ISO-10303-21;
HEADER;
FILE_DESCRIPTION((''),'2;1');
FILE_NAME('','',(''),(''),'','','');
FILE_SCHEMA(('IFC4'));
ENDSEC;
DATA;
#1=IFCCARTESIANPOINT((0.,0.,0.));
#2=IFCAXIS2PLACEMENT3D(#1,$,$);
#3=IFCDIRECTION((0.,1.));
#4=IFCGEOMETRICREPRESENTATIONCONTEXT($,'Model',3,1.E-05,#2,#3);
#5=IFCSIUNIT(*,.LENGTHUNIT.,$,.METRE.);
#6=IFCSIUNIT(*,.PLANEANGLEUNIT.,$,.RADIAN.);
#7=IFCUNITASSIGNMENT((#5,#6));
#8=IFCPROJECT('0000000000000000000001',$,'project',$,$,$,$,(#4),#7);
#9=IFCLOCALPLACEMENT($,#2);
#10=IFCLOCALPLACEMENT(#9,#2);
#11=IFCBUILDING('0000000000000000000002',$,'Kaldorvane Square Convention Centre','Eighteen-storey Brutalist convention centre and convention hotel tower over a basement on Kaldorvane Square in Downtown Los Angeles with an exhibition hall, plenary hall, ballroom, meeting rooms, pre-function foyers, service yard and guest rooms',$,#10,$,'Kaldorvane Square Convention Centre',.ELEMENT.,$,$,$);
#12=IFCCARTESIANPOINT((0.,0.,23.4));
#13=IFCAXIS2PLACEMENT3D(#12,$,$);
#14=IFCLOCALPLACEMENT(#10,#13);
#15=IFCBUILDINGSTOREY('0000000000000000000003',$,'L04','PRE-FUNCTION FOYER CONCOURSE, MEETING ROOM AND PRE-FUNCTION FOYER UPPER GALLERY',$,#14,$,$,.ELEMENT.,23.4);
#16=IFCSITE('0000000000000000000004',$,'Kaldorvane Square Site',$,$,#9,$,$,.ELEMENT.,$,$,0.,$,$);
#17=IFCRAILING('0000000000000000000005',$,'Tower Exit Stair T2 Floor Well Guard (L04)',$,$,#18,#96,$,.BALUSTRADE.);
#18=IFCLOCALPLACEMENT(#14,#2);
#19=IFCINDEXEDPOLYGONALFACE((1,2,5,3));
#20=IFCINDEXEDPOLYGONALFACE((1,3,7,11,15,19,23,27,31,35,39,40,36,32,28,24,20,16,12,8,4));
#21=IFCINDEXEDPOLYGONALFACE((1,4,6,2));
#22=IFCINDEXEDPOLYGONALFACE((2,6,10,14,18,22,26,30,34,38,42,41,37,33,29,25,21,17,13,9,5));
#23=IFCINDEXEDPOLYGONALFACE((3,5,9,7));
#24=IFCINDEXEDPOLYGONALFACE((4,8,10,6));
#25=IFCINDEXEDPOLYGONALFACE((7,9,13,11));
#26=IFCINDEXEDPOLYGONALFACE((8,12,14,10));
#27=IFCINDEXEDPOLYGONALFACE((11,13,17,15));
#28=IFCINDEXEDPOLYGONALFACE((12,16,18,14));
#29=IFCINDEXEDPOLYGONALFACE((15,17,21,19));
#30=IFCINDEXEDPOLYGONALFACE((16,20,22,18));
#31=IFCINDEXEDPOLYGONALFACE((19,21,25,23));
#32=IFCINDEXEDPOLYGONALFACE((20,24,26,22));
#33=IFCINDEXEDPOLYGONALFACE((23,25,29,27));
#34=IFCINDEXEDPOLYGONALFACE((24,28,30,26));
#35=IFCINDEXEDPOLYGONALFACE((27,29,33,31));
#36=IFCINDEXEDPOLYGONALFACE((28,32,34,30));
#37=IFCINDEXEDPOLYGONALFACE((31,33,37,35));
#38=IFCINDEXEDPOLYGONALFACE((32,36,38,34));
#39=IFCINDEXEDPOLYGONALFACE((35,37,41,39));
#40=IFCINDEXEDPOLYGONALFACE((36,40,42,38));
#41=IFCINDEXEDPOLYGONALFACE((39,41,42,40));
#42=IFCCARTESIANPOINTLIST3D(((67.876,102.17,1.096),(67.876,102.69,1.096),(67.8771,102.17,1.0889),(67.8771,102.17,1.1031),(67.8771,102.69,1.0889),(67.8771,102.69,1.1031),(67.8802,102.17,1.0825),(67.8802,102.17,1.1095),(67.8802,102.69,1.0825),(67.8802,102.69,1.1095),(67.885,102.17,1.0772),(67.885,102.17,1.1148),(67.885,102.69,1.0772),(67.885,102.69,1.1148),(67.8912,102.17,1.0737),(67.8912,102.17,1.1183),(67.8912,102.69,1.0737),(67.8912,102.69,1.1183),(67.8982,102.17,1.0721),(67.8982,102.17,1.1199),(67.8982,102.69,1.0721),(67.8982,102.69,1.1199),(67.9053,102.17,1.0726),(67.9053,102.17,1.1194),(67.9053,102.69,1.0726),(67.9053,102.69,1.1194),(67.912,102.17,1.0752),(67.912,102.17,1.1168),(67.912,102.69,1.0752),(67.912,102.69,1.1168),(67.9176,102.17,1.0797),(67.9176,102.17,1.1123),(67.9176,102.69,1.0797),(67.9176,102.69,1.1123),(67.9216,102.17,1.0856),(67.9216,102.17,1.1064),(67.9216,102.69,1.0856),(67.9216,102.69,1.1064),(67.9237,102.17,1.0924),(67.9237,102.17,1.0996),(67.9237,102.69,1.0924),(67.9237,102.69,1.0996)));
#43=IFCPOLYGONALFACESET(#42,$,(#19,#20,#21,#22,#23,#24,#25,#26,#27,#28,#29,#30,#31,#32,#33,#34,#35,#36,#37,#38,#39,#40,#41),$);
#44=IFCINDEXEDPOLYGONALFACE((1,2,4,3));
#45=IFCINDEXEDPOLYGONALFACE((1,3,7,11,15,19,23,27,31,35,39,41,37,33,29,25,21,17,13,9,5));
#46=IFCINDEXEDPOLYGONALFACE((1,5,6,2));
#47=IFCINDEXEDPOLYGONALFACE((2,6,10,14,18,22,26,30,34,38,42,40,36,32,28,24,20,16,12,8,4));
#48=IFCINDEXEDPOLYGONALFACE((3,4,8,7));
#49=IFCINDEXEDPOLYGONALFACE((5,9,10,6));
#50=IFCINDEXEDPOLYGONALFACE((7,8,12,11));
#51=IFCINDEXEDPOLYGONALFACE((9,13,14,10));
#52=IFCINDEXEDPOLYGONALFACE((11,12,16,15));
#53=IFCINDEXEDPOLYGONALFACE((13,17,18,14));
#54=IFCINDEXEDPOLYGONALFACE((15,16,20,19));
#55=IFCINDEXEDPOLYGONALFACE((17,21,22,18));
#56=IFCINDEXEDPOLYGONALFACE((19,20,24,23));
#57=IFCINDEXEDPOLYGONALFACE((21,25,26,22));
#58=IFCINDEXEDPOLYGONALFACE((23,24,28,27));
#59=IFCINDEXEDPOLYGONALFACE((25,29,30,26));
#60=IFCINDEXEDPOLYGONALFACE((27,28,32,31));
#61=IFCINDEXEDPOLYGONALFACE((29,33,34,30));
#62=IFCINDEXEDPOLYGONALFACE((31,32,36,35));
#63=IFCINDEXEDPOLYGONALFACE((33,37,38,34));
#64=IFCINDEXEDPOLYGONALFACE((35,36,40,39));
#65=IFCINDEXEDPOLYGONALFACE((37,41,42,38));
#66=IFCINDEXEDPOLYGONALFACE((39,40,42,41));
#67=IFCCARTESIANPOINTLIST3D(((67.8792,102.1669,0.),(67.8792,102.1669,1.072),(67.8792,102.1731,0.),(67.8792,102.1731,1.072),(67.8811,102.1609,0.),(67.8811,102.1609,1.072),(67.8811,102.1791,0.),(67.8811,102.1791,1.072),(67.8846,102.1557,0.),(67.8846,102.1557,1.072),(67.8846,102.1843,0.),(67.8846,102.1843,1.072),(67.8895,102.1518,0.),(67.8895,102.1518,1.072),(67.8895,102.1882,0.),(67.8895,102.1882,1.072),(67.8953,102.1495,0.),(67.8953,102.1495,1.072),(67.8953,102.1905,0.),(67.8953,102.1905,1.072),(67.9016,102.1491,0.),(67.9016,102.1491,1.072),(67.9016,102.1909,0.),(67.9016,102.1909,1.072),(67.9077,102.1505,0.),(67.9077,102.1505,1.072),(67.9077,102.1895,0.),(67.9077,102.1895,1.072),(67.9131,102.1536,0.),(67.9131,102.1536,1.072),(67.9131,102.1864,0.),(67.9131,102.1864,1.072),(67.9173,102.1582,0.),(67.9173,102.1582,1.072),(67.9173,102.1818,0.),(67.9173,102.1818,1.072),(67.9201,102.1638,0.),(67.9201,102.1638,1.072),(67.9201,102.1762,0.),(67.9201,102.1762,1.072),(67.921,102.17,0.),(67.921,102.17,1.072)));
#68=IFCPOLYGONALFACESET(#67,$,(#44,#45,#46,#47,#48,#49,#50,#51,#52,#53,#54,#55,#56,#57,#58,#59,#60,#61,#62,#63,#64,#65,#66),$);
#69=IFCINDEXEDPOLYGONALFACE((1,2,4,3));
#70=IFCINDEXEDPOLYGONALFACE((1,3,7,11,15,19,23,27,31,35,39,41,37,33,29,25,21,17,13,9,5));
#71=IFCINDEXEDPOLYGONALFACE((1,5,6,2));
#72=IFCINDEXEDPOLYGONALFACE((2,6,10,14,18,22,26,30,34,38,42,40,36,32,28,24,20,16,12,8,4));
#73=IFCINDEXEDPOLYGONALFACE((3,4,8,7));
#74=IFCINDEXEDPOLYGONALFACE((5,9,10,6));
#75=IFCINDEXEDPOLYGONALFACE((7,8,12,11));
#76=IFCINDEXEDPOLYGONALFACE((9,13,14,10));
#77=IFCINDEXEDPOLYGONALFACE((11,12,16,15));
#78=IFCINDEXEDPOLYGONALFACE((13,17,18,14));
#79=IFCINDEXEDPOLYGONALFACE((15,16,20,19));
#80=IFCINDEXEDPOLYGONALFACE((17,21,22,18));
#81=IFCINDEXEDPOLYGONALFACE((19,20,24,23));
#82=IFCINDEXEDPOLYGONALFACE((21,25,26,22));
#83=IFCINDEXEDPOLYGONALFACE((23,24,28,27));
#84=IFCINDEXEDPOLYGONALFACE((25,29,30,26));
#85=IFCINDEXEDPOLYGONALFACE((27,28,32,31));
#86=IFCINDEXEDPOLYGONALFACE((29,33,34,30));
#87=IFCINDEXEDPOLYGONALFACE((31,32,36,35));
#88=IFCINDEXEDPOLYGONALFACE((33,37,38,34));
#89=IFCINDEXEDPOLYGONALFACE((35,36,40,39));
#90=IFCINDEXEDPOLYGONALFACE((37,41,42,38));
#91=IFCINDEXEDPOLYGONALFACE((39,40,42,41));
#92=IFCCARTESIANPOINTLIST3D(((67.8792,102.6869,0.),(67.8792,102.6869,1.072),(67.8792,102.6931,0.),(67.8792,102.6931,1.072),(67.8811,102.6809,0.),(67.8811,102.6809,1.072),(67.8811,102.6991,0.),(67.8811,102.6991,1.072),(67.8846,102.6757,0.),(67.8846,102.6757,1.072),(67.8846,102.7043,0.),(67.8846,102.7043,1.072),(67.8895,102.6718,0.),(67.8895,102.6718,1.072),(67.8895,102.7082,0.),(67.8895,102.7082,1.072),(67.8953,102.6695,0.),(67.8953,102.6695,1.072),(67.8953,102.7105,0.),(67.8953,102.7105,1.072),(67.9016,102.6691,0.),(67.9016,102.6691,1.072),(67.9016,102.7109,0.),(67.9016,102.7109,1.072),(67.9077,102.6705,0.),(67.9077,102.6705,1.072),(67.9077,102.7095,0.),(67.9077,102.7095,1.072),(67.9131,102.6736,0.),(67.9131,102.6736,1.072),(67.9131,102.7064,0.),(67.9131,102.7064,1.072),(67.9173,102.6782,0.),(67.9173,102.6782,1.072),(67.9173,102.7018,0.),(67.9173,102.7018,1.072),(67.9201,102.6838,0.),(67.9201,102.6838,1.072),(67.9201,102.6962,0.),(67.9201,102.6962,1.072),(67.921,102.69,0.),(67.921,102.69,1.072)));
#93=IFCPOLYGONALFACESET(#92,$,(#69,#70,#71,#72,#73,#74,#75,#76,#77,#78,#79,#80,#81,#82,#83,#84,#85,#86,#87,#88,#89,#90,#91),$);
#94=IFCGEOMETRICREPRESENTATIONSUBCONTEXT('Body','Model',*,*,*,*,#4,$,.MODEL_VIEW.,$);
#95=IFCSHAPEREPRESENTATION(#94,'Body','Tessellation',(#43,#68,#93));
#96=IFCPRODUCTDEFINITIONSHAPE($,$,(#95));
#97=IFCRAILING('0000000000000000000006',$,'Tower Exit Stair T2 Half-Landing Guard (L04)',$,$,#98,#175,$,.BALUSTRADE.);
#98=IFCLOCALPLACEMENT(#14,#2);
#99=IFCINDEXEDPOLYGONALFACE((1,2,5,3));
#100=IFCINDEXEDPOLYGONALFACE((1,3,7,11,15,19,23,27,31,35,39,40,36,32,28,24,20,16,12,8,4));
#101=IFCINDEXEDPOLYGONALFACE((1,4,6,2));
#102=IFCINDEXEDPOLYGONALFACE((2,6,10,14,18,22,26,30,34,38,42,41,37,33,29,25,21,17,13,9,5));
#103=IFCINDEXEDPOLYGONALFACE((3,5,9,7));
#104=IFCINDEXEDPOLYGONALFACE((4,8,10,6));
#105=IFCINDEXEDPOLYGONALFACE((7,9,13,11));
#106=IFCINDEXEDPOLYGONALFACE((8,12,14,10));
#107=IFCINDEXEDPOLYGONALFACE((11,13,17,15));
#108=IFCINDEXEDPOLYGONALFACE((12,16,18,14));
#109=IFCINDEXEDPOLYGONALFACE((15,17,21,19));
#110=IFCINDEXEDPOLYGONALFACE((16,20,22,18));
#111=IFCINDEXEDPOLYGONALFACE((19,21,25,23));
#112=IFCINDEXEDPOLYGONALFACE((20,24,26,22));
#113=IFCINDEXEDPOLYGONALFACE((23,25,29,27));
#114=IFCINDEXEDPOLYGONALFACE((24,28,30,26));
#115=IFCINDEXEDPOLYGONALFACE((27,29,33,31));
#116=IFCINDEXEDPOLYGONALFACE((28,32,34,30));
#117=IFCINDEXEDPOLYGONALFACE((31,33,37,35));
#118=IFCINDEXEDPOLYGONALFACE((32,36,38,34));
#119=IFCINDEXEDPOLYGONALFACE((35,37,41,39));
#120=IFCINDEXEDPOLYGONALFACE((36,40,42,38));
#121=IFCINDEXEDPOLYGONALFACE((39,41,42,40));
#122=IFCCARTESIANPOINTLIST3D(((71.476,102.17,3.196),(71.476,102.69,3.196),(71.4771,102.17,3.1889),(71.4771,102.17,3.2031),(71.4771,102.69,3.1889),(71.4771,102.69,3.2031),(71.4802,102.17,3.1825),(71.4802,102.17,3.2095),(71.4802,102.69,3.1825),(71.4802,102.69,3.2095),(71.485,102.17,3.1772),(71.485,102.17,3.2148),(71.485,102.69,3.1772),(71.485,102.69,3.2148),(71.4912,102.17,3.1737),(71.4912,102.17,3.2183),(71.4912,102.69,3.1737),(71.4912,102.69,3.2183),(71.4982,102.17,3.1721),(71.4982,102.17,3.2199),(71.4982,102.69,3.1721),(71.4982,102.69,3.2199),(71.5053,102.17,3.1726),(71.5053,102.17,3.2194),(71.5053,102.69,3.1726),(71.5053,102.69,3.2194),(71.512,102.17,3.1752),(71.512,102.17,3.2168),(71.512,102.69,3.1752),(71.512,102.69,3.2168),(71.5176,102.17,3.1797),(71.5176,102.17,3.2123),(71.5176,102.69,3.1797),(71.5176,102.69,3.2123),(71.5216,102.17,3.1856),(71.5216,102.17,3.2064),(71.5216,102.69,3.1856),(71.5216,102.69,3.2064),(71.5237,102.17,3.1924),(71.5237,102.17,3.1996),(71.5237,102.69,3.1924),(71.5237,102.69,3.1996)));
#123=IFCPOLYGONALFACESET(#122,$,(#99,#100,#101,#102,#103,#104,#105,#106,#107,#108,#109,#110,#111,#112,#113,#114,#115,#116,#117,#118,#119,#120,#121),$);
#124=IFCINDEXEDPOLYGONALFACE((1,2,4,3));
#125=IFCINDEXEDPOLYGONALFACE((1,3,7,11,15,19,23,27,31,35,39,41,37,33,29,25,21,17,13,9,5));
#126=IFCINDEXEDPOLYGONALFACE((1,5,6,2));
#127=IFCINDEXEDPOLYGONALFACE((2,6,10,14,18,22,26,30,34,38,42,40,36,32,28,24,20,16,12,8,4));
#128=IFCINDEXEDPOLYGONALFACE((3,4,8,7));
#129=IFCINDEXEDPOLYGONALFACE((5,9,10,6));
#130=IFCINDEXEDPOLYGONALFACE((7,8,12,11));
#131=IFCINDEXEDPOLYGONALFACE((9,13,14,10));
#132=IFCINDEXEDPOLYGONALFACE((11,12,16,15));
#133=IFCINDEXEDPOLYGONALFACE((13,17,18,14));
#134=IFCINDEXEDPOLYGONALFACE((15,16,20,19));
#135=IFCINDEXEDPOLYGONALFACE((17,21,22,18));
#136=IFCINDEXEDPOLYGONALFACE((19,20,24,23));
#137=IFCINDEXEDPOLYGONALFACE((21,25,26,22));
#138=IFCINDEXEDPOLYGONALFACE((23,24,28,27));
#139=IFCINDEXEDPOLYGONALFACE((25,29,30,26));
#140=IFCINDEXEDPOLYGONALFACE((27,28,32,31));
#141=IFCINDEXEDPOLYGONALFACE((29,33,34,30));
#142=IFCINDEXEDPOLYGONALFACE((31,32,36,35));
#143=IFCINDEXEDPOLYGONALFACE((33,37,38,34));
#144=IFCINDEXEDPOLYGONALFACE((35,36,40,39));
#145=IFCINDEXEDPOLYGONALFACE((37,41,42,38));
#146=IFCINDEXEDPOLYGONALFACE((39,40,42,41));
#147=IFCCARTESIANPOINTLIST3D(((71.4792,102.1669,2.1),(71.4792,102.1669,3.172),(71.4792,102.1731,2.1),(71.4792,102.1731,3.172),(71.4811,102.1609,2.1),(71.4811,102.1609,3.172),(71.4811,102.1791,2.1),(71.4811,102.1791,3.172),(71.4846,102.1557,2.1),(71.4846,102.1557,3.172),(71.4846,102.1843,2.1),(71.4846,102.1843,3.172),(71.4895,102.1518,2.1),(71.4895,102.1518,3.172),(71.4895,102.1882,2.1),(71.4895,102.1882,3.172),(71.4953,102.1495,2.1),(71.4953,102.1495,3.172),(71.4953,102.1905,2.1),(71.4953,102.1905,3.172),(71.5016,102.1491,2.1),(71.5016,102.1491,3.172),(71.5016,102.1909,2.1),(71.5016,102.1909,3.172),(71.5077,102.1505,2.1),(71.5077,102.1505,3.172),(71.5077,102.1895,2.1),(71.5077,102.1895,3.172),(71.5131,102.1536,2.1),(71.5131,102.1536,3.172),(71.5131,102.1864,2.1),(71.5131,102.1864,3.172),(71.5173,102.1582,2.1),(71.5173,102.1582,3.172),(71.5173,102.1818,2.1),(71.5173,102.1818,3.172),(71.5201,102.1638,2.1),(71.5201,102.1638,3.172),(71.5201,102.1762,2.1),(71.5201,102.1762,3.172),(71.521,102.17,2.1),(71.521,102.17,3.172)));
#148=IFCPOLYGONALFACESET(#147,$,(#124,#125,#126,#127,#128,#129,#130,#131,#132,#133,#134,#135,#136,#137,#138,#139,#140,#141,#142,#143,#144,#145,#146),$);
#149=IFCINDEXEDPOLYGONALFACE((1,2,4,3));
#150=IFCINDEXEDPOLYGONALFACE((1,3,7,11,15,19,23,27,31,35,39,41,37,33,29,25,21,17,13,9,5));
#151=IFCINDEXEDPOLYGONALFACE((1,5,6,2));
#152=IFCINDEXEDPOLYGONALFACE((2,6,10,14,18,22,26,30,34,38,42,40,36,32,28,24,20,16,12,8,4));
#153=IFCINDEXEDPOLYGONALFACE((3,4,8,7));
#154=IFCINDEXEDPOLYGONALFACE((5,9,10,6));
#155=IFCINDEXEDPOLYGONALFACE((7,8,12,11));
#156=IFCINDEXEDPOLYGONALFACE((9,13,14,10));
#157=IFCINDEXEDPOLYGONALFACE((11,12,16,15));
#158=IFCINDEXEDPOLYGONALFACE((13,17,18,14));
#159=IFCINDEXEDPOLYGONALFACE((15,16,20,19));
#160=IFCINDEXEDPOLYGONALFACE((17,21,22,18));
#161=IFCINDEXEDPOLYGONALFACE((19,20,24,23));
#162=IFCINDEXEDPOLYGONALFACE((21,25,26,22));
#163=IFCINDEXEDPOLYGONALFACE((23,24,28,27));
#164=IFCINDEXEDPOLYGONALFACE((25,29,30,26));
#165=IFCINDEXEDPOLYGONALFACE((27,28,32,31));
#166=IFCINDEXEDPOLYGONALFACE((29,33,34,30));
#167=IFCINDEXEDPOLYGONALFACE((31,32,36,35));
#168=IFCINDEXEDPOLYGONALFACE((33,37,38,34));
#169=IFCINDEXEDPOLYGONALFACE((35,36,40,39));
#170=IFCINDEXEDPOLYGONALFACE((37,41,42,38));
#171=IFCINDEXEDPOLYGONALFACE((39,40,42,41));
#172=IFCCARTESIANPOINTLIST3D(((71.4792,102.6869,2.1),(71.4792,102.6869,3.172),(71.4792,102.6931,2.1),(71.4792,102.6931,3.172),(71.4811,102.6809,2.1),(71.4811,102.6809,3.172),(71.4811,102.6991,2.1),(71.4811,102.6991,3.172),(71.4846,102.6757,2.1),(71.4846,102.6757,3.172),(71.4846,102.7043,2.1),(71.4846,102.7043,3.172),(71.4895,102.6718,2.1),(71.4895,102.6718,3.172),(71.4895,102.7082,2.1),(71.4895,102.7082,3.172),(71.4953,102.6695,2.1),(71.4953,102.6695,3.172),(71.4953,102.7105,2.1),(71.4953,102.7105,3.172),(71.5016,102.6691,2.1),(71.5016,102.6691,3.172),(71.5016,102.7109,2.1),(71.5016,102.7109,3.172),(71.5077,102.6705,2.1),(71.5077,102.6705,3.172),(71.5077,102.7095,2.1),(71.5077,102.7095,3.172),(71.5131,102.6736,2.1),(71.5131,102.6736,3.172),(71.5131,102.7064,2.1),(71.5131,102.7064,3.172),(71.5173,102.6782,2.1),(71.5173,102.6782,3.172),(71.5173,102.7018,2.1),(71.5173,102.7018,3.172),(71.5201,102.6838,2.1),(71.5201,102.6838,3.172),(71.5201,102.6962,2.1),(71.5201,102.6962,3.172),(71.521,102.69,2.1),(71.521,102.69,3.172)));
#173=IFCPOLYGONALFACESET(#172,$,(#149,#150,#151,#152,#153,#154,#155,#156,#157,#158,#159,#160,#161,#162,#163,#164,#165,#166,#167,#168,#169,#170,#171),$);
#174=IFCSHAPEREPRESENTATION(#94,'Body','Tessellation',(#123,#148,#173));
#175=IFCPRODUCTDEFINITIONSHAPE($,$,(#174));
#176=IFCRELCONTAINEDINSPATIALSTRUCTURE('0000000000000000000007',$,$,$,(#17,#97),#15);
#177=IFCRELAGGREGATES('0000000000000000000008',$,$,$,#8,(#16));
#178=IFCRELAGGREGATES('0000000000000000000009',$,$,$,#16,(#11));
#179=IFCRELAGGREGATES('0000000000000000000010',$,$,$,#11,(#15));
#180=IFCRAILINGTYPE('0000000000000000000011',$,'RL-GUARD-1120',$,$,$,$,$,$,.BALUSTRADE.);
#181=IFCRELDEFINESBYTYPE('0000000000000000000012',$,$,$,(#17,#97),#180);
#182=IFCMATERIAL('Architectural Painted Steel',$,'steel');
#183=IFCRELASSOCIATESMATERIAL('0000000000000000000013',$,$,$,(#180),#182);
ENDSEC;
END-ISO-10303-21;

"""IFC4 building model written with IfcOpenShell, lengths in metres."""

from ifc_helpers import new_model, si_unit, direction, frame, origin, origin_2d, place, context, subcontext, project, spatial, circle, extrude, material, type_object, element, save


model = new_model("IFC4")

# Units and contexts
model_context = context("Model", 3, precision=1e-05, world=origin(), true_north=direction((0.0, 1.0)))
body_context = subcontext(model_context, "Body", "Model", "MODEL_VIEW")
ifc_project = project(units=[si_unit("LENGTHUNIT", "METRE"), si_unit("PLANEANGLEUNIT", "RADIAN")], contexts=[model_context])

# Site, building, storey
site_placement = place(None, origin())
site = spatial("IfcSite", under=ifc_project, at=site_placement, Name="Kaldorvane Square Site", CompositionType="ELEMENT", RefElevation=0.0)
building_placement = place(site_placement, origin())
building = spatial("IfcBuilding", under=site, at=building_placement, Name="Kaldorvane Square Convention Centre", Description="Eighteen-storey Brutalist convention centre and convention hotel tower over a basement on Kaldorvane Square in Downtown Los Angeles with an exhibition hall, plenary hall, ballroom, meeting rooms, pre-function foyers, service yard and guest rooms", LongName="Kaldorvane Square Convention Centre", CompositionType="ELEMENT")
storey_placement = place(building_placement, frame((0.0, 0.0, 23.4)))
storey = spatial("IfcBuildingStorey", under=building, at=storey_placement, Name="L04", Description="PRE-FUNCTION FOYER CONCOURSE, MEETING ROOM AND PRE-FUNCTION FOYER UPPER GALLERY", CompositionType="ELEMENT", Elevation=23.4)

# Railings
ifc_material_1 = material(Name="Architectural Painted Steel", Category="steel")
railing_type_1 = type_object("IfcRailingType", Name="RL-GUARD-1120", PredefinedType="BALUSTRADE", material=ifc_material_1)
for number, where, name in (
    (1, (67.9, 102.17, 0.0), "Tower Exit Stair T2 Floor Well Guard (L04)"),
    (2, (71.5, 102.17, 2.1), "Tower Exit Stair T2 Half-Landing Guard (L04)"),
):
    element("IfcRailing", number, at=place(storey_placement, frame(where)), inside=storey, type_object=railing_type_1, Name=name, PredefinedType="BALUSTRADE", context=body_context, shape_type="SweptSolid", body=[
        extrude(circle(Radius=0.024, at=origin_2d()), frame((0.0, 0.0, 1.096), z_axis=(0.0, 1.0, 0.0), x_axis=(-1.0, 0.0, 0.0)), (0.0, 0.0, 1.0), 0.52),
        extrude(circle(Radius=0.021, at=origin_2d()), origin(), (0.0, 0.0, 1.0), 1.072),
        extrude(circle(Radius=0.021, at=origin_2d()), frame((0.0, 0.52, 0.0)), (0.0, 0.0, 1.0), 1.072),
    ])

save(model, "model.ifc")
